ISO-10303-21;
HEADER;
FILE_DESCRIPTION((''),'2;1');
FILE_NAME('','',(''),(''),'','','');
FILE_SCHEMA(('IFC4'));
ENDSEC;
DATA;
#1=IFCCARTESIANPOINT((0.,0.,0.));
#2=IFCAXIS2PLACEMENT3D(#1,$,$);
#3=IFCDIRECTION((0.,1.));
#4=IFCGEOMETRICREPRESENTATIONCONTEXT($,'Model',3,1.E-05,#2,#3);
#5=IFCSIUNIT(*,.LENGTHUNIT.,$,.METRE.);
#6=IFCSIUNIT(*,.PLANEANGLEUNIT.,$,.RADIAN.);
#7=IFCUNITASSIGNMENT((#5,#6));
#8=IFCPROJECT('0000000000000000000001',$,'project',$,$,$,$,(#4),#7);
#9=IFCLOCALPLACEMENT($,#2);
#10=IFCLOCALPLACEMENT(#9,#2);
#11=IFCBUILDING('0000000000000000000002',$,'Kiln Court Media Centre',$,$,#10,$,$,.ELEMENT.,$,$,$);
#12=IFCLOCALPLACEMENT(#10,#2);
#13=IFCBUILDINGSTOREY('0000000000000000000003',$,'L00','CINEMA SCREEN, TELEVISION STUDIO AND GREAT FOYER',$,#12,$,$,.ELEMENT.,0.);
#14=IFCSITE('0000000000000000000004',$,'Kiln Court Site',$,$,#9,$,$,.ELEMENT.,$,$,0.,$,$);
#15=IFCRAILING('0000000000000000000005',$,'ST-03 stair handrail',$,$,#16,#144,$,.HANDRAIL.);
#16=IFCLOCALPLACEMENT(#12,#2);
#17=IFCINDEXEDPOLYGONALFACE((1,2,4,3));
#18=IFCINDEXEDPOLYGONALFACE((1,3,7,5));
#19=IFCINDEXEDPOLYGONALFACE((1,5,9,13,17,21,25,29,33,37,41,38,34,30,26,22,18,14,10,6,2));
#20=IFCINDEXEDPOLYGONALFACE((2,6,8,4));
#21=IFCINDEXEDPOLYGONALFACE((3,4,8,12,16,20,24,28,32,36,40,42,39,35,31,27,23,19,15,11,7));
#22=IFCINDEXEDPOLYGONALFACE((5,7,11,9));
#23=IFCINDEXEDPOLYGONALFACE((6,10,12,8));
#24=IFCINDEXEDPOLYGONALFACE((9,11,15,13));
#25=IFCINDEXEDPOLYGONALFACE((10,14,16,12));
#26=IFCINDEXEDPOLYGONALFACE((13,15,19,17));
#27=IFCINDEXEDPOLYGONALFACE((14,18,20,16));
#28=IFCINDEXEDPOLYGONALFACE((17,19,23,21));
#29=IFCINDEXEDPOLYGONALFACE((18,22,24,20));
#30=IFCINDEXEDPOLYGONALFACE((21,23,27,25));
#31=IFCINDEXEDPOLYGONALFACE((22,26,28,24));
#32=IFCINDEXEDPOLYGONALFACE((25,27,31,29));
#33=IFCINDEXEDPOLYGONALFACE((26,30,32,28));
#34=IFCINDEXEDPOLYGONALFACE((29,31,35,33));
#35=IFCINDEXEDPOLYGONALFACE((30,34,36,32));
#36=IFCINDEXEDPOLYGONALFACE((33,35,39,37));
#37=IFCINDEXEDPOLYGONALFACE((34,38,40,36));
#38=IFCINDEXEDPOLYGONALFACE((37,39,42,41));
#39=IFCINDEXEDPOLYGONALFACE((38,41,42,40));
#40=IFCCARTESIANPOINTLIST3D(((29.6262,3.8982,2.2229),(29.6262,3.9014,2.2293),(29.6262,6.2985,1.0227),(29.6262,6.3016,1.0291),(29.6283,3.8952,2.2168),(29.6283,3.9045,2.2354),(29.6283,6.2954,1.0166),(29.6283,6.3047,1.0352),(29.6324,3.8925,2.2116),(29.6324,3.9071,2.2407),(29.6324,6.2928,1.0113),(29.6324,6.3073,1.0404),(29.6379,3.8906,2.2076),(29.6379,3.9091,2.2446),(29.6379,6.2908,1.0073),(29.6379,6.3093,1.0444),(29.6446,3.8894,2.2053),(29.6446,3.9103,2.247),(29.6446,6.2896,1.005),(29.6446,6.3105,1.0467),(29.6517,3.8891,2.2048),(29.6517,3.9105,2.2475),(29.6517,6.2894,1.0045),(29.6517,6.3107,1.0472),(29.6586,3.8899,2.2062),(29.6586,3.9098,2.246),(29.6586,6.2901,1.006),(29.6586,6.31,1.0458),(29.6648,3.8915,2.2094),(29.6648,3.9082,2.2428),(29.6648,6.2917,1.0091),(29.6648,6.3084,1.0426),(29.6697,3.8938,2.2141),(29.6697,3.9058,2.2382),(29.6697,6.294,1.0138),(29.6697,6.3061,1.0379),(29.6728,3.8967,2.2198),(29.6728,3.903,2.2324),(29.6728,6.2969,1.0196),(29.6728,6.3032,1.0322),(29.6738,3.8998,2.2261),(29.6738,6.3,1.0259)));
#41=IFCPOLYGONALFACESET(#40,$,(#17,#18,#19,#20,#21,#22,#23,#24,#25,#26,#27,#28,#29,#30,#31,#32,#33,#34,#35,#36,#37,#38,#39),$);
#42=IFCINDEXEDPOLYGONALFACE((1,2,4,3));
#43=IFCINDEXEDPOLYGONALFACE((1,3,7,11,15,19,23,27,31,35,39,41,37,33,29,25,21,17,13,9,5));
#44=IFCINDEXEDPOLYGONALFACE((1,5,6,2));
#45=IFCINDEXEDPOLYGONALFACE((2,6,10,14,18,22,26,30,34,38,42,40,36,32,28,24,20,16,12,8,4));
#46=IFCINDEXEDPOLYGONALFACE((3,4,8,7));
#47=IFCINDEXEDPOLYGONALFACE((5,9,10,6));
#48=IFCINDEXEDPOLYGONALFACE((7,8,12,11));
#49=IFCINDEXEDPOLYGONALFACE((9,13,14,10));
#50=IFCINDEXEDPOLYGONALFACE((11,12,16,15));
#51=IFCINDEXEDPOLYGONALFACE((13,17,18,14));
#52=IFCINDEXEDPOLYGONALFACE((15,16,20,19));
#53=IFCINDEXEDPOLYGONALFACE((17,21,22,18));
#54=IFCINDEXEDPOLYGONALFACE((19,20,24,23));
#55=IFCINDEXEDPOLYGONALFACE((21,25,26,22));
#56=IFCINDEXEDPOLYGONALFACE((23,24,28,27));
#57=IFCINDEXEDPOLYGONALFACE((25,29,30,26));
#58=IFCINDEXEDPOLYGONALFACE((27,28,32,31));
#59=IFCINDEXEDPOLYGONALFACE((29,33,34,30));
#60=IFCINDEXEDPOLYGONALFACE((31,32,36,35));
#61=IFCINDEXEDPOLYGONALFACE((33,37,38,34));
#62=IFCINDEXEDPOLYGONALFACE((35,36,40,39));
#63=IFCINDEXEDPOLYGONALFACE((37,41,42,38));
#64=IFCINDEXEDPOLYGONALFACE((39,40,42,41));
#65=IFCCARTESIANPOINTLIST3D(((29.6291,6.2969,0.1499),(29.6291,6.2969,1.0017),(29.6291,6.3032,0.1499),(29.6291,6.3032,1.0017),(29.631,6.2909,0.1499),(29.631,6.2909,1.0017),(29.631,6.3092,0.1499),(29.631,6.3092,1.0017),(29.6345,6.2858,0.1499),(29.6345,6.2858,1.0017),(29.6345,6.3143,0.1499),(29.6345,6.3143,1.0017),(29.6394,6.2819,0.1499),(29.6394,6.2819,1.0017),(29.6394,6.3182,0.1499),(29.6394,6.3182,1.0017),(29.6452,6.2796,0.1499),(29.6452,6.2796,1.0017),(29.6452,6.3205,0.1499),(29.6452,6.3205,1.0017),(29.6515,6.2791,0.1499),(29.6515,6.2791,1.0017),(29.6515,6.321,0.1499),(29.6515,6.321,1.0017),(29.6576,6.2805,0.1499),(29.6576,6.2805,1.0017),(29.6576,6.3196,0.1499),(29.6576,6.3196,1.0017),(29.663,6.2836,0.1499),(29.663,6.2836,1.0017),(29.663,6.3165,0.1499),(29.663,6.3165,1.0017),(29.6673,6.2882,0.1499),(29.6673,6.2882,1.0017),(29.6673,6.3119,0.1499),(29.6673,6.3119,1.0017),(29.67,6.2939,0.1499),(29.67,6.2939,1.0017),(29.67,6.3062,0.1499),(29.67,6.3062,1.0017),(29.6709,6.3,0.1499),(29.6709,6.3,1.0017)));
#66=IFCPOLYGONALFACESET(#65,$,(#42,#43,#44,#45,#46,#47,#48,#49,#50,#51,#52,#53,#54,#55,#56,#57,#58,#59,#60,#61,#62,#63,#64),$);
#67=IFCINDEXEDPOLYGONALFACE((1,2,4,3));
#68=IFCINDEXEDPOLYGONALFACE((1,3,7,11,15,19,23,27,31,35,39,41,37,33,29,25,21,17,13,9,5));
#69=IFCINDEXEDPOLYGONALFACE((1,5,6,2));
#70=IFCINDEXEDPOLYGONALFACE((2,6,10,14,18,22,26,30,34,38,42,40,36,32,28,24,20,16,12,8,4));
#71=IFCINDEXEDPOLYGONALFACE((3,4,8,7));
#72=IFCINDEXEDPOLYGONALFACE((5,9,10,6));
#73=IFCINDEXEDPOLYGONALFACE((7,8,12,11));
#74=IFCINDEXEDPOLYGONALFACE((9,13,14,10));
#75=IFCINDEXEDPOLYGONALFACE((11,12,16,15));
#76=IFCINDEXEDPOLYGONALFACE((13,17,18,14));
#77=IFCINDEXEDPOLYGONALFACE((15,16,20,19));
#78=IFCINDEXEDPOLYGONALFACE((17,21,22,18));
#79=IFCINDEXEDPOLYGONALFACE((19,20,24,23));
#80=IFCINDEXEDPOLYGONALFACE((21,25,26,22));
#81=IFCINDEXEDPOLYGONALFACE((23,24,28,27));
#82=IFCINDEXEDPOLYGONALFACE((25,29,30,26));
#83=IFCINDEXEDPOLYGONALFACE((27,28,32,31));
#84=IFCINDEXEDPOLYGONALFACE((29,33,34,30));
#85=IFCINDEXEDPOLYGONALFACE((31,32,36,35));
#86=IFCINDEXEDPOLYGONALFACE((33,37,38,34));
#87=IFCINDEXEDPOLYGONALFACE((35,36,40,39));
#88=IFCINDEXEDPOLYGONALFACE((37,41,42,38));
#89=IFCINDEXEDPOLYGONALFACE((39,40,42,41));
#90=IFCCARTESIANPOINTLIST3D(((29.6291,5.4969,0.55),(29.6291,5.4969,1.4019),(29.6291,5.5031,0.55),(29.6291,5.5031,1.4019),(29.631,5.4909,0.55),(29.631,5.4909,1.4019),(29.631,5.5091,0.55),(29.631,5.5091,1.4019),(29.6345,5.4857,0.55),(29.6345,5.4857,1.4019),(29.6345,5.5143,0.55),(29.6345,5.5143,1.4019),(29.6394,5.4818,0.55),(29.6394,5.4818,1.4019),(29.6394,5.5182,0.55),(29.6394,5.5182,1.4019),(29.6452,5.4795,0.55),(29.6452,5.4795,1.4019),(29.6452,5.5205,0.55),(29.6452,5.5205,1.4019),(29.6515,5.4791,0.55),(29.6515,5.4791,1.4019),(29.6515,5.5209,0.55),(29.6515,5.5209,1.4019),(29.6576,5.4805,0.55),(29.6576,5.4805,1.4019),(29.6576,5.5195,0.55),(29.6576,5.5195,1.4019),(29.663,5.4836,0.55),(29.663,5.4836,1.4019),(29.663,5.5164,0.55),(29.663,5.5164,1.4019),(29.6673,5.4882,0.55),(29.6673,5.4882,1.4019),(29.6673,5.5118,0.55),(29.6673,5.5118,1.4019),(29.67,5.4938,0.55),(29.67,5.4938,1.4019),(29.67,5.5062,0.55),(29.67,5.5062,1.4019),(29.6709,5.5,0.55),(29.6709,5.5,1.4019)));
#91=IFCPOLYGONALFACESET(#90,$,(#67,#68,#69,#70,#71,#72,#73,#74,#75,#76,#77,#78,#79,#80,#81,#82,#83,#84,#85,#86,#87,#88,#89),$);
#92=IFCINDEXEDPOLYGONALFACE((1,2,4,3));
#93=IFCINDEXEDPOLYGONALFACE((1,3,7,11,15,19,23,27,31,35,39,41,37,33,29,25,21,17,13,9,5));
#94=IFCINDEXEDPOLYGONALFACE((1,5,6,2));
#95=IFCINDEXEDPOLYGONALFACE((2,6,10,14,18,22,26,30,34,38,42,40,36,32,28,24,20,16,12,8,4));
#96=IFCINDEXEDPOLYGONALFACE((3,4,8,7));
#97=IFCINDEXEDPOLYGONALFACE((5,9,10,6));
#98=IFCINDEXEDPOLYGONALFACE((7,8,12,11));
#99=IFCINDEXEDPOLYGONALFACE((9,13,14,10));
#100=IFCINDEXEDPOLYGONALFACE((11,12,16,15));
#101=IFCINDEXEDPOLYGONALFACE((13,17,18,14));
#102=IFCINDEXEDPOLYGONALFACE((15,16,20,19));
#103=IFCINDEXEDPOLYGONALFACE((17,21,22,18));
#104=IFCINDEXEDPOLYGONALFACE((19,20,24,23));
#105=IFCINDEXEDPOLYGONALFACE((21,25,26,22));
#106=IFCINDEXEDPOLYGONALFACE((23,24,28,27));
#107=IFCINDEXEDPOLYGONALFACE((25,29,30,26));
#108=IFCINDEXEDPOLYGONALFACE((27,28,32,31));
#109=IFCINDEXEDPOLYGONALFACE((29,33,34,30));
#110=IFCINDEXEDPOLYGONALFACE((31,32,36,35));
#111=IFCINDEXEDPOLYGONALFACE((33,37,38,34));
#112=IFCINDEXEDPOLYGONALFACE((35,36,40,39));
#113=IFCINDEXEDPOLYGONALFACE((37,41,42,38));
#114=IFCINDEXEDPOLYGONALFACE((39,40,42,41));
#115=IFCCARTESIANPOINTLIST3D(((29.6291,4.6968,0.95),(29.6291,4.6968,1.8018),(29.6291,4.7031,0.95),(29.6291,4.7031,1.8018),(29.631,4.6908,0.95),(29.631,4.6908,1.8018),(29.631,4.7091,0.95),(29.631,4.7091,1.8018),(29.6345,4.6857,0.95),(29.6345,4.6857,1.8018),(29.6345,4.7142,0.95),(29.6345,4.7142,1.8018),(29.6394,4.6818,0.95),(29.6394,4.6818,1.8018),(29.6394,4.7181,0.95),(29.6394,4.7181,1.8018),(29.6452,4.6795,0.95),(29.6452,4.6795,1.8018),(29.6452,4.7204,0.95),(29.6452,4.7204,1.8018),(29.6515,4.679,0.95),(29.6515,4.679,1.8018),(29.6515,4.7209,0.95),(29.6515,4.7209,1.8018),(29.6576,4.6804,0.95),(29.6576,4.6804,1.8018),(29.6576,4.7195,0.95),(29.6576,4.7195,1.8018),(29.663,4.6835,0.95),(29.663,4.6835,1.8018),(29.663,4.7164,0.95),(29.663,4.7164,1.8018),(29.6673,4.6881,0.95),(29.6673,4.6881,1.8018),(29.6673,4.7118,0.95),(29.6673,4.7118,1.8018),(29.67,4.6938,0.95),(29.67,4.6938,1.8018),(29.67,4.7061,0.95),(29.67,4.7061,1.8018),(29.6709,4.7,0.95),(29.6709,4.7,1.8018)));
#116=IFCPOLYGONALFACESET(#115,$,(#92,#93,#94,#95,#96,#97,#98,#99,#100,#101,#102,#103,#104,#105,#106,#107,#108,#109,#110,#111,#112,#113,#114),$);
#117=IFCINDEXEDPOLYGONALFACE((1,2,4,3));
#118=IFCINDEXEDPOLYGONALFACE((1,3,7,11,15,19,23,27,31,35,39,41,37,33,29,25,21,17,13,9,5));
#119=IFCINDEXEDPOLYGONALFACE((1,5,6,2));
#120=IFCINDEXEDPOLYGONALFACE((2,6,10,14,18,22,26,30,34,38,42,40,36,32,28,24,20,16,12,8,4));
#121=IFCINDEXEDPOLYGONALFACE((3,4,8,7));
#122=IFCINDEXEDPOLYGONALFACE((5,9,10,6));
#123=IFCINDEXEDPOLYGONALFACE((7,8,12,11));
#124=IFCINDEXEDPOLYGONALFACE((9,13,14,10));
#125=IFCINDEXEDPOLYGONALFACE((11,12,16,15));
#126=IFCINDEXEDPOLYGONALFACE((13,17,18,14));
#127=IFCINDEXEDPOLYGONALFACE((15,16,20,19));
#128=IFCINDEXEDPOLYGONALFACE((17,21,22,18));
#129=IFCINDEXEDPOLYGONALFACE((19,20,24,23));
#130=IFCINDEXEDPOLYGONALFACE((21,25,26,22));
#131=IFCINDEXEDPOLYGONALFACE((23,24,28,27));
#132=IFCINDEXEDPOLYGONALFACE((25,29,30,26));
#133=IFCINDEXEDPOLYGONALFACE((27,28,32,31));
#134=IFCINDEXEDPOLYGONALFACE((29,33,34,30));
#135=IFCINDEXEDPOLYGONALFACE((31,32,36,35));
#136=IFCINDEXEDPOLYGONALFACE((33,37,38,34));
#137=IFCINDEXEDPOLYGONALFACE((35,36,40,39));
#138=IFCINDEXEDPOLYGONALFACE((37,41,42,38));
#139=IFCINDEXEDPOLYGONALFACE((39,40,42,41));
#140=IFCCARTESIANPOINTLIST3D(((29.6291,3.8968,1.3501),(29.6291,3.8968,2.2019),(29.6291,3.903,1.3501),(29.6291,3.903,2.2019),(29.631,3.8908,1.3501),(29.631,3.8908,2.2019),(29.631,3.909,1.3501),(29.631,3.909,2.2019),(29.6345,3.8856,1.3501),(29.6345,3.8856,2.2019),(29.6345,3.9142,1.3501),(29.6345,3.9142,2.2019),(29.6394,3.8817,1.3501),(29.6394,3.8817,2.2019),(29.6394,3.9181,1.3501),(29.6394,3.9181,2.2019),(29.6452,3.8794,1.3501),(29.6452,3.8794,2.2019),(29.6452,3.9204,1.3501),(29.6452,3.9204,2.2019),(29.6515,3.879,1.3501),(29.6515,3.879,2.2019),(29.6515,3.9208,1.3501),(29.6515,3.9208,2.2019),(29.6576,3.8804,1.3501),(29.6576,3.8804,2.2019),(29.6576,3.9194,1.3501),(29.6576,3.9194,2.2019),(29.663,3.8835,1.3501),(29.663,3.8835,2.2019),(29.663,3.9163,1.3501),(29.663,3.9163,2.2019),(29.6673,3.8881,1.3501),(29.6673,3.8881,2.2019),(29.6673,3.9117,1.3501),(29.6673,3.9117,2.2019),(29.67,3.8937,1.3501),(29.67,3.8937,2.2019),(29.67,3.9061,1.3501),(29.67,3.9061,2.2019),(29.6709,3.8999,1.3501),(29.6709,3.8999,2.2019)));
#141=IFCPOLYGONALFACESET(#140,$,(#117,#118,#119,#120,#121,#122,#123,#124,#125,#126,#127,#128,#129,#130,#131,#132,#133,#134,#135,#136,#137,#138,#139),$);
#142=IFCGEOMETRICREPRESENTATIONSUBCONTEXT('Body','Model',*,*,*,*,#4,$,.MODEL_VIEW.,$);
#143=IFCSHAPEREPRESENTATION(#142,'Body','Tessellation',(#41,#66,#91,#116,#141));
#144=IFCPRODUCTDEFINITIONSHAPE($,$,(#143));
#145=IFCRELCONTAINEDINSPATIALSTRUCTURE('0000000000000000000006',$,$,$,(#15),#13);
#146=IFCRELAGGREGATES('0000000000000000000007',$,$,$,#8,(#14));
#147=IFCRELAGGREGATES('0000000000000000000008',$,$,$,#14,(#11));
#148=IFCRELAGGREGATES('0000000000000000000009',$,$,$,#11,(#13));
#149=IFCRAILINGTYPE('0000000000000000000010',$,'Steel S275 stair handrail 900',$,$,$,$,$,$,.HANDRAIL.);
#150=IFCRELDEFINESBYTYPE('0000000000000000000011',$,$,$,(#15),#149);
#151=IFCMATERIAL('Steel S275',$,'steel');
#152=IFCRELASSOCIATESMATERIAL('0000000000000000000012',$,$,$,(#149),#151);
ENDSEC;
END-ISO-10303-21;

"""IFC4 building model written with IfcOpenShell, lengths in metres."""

from ifc_helpers import new_model, si_unit, direction, frame, origin, origin_2d, place, context, subcontext, project, spatial, circle, extrude, material, type_object, element, save


model = new_model("IFC4")

# Units and contexts
model_context = context("Model", 3, precision=1e-05, world=origin(), true_north=direction((0.0, 1.0)))
body_context = subcontext(model_context, "Body", "Model", "MODEL_VIEW")
ifc_project = project(units=[si_unit("LENGTHUNIT", "METRE"), si_unit("PLANEANGLEUNIT", "RADIAN")], contexts=[model_context])

# Site, building, storey
site_placement = place(None, origin())
site = spatial("IfcSite", under=ifc_project, at=site_placement, Name="Kiln Court Site", CompositionType="ELEMENT", RefElevation=0.0)
building_placement = place(site_placement, origin())
building = spatial("IfcBuilding", under=site, at=building_placement, Name="Kiln Court Media Centre", CompositionType="ELEMENT")
storey_placement = place(building_placement, origin())
storey = spatial("IfcBuildingStorey", under=building, at=storey_placement, Name="L00", Description="CINEMA SCREEN, TELEVISION STUDIO AND GREAT FOYER", CompositionType="ELEMENT", Elevation=0.0)

# Railing
ifc_material_1 = material(Name="Steel S275", Category="steel")
railing_type = type_object("IfcRailingType", Name="Steel S275 stair handrail 900", PredefinedType="HANDRAIL", material=ifc_material_1)
railing_placement = place(storey_placement, frame((29.6499, 6.3, 0.1499)))
element("IfcRailing", 1, at=railing_placement, inside=storey, type_object=railing_type, Name="ST-03 stair handrail", PredefinedType="HANDRAIL", context=body_context, shape_type="SweptSolid", body=[
    extrude(circle(Radius=0.0239, at=origin_2d()), frame((0.0, 0.0, 0.876), z_axis=(0.0, -0.894409, 0.44725), x_axis=(1.0, 0.0, 0.0)), (0.0, 0.0, 1.0), 2.6836),
    extrude(circle(Radius=0.021, at=origin_2d()), origin(), (0.0, 0.0, 1.0), 0.8518),
    extrude(circle(Radius=0.021, at=origin_2d()), frame((0.0, -0.8, 0.4001)), (0.0, 0.0, 1.0), 0.8518),
    extrude(circle(Radius=0.021, at=origin_2d()), frame((0.0, -1.6001, 0.8)), (0.0, 0.0, 1.0), 0.8518),
    extrude(circle(Radius=0.021, at=origin_2d()), frame((0.0, -2.4001, 1.2002)), (0.0, 0.0, 1.0), 0.8518),
])

save(model, "model.ifc")
